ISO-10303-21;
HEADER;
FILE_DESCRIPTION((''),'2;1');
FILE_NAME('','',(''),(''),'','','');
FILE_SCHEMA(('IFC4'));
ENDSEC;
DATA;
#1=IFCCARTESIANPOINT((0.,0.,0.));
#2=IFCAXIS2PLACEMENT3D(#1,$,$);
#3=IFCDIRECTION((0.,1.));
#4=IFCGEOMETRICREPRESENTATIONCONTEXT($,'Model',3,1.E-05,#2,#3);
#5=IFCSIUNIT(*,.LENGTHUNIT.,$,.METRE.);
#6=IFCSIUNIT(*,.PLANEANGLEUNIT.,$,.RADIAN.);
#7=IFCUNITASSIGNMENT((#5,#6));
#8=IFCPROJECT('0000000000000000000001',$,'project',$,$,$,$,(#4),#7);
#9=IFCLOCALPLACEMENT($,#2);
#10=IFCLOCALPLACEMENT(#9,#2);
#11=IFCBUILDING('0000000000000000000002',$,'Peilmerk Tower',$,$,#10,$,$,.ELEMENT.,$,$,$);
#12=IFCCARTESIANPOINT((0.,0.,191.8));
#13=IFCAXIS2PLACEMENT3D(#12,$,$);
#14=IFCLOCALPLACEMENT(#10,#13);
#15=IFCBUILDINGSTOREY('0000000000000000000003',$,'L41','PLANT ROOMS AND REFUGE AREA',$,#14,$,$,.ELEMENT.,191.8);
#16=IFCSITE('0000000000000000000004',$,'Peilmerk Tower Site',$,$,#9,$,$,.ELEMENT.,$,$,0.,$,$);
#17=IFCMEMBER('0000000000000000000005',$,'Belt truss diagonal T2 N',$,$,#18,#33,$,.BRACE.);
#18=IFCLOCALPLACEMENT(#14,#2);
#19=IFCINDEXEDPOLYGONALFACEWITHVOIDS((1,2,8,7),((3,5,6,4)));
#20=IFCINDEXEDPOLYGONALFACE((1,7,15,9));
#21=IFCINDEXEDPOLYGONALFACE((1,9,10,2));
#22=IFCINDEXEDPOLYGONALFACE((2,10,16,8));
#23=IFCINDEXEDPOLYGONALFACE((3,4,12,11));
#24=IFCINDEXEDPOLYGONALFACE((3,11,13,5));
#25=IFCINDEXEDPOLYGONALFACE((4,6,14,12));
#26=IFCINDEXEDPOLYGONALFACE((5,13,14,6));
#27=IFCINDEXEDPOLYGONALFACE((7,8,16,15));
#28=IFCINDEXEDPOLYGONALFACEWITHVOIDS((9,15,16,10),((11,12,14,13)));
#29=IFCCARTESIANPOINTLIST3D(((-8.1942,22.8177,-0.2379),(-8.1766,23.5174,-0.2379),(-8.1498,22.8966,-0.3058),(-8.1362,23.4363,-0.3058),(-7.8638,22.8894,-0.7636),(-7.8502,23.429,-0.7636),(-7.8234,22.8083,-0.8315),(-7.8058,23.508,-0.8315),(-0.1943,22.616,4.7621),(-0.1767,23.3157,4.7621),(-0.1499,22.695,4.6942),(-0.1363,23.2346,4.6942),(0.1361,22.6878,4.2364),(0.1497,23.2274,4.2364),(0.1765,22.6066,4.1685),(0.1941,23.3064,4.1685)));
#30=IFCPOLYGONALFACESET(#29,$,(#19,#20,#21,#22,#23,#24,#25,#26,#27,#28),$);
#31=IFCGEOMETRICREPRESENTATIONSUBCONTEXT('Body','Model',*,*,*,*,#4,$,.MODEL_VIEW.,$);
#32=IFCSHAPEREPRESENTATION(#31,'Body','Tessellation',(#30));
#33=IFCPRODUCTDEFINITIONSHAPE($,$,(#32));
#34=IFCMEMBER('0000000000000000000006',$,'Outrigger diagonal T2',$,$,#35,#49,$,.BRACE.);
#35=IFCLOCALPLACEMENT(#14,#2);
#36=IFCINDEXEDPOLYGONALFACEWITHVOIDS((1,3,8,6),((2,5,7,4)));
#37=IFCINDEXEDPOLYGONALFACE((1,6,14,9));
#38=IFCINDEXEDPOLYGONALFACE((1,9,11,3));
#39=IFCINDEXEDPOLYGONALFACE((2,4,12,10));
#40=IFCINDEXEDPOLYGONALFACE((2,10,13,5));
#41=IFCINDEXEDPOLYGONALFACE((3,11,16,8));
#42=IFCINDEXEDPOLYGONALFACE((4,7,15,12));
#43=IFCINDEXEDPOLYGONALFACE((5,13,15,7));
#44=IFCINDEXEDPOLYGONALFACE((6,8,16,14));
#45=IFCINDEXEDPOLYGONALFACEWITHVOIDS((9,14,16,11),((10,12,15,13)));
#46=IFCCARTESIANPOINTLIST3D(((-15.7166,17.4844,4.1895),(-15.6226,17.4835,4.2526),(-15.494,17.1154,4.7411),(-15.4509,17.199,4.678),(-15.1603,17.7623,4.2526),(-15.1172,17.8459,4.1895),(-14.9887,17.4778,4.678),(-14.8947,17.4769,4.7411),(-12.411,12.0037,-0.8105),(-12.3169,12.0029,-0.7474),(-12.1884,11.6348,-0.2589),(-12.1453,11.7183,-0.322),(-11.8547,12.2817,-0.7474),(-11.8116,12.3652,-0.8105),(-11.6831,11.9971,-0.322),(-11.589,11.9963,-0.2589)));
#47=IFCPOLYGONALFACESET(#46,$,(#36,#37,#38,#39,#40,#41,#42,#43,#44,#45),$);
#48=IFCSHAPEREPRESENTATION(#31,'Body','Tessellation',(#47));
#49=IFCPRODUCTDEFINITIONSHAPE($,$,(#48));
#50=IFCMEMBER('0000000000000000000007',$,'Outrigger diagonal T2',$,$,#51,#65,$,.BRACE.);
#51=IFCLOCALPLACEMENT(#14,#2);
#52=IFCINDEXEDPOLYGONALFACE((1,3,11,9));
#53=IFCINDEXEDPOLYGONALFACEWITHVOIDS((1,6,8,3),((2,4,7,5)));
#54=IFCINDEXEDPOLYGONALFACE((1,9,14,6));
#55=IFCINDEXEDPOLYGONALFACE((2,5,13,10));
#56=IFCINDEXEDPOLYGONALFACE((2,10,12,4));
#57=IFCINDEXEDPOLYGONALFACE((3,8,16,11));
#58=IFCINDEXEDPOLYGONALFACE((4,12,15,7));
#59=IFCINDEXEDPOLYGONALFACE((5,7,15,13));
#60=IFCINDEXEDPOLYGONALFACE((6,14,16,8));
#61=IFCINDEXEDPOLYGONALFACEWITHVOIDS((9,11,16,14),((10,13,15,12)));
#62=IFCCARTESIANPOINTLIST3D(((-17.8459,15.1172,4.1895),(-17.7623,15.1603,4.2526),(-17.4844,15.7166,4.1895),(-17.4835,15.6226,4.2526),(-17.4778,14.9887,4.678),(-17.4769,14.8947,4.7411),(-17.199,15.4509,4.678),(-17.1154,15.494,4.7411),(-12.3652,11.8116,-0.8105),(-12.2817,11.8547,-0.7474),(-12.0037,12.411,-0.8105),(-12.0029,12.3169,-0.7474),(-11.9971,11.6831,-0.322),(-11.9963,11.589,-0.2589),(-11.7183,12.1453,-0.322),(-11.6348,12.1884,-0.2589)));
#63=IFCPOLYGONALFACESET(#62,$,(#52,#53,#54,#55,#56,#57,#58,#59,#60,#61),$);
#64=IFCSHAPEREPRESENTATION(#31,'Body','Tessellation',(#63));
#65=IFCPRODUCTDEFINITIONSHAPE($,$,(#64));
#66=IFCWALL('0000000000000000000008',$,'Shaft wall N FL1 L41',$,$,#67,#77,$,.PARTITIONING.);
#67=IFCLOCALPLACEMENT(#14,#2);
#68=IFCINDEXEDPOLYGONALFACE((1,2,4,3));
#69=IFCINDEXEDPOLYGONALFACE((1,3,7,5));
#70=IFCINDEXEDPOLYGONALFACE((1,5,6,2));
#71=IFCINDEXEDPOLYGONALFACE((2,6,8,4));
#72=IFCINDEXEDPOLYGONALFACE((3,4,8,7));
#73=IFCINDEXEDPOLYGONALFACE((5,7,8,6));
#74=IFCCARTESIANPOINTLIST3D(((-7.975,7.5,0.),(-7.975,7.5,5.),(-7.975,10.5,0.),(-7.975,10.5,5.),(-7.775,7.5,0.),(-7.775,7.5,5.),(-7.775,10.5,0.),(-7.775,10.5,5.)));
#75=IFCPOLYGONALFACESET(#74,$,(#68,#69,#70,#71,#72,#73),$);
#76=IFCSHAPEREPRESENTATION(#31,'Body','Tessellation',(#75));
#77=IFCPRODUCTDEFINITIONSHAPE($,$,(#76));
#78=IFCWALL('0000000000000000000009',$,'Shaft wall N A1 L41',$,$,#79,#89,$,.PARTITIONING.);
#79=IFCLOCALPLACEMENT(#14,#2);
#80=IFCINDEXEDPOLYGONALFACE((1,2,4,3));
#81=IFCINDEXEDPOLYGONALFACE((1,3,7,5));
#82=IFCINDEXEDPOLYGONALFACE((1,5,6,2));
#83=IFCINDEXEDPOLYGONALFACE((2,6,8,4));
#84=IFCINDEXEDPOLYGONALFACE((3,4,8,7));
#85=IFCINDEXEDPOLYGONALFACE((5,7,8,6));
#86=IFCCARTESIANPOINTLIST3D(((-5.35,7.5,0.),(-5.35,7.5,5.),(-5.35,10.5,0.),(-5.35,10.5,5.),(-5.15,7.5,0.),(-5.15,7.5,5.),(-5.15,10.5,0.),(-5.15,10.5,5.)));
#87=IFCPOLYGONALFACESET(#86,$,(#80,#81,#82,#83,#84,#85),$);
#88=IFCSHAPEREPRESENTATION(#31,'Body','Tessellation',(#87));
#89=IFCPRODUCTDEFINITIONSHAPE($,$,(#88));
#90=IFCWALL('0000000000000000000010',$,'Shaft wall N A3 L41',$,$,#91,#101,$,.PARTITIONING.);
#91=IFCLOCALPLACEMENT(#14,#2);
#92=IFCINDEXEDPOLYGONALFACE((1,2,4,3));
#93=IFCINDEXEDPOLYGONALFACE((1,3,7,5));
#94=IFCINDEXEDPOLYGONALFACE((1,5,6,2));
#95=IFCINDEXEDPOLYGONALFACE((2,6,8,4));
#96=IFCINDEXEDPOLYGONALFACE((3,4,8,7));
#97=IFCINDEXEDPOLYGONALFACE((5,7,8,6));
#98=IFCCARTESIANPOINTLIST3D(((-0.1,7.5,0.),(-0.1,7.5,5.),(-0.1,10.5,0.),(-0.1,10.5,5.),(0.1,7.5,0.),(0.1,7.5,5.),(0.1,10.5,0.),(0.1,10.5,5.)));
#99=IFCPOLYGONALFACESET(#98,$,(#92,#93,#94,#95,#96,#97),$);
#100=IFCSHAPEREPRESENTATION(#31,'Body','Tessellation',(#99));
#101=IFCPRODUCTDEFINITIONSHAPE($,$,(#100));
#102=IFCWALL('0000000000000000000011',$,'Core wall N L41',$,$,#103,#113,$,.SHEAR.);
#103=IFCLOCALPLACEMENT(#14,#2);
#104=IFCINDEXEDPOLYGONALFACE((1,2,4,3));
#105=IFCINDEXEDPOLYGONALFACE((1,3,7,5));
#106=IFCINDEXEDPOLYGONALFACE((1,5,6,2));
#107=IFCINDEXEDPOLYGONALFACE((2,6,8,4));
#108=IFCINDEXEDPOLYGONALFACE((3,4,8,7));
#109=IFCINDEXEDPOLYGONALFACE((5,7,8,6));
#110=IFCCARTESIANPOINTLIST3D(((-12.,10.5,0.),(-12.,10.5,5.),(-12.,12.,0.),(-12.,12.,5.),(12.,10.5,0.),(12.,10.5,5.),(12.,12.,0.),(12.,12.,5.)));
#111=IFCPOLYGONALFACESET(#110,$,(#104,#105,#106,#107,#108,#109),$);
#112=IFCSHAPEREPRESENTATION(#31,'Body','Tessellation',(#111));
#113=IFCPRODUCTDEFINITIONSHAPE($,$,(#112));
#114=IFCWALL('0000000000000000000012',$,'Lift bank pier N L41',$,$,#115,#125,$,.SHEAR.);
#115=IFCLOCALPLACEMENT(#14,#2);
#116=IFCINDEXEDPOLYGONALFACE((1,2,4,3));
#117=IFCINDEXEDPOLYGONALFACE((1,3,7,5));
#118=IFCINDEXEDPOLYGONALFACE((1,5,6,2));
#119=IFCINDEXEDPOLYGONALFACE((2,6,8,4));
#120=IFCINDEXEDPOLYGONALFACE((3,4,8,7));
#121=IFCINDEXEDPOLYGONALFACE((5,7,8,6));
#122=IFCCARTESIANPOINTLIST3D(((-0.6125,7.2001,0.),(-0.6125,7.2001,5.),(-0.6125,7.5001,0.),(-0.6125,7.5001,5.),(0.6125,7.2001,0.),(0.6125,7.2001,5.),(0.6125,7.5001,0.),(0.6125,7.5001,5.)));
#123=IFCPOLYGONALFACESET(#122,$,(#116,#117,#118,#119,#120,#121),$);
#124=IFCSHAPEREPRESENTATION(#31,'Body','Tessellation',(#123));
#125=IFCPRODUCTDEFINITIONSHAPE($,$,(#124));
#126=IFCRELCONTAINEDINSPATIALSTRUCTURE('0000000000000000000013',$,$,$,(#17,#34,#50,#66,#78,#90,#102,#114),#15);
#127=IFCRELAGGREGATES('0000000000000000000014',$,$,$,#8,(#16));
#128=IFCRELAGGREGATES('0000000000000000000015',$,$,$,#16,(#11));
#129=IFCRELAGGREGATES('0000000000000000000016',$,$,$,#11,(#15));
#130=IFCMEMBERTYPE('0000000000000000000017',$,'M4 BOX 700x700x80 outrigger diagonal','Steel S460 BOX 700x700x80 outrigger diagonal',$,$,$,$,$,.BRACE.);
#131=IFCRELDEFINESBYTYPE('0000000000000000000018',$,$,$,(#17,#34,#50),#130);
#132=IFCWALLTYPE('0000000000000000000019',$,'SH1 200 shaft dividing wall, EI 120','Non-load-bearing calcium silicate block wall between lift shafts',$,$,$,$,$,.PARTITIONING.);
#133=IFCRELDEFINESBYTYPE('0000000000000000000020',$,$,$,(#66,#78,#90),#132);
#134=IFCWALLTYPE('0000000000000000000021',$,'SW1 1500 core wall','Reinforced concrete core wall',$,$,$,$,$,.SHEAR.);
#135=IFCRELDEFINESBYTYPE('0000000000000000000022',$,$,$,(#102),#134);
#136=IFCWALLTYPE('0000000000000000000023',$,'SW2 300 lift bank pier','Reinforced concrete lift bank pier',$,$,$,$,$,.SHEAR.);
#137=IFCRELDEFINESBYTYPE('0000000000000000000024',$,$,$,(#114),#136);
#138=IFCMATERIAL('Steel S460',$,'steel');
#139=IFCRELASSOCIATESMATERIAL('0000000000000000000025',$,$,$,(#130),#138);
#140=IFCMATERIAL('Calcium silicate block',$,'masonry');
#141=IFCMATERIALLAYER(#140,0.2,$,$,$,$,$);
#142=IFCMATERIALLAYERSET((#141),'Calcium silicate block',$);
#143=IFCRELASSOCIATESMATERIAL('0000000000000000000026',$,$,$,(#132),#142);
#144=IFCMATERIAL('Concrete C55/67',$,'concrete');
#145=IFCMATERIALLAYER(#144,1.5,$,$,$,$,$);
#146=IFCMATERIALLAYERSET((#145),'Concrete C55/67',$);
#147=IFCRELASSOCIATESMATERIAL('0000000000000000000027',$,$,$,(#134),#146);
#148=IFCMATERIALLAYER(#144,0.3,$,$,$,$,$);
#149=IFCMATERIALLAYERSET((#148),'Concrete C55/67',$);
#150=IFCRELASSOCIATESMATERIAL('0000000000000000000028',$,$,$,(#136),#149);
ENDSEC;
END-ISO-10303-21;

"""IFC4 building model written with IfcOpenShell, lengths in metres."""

from ifc_helpers import new_model, si_unit, direction, frame, frame_2d, origin, origin_2d, place, context, subcontext, project, spatial, rectangle, hollow_rectangle, extrude, material, layer, layer_set, material_profile, profile_set, type_object, element, save


model = new_model("IFC4")

# Units and contexts
model_context = context("Model", 3, precision=1e-05, world=origin(), true_north=direction((0.0, 1.0)))
body_context = subcontext(model_context, "Body", "Model", "MODEL_VIEW")
ifc_project = project(units=[si_unit("LENGTHUNIT", "METRE"), si_unit("PLANEANGLEUNIT", "RADIAN")], contexts=[model_context])

# Site, building, storey
site_placement = place(None, origin())
site = spatial("IfcSite", under=ifc_project, at=site_placement, Name="Peilmerk Tower Site", CompositionType="ELEMENT", RefElevation=0.0)
building_placement = place(site_placement, origin())
building = spatial("IfcBuilding", under=site, at=building_placement, Name="Peilmerk Tower", CompositionType="ELEMENT")
storey_placement = place(building_placement, frame((0.0, 0.0, 191.8)))
storey = spatial("IfcBuildingStorey", under=building, at=storey_placement, Name="L41", Description="PLANT ROOMS AND REFUGE AREA", CompositionType="ELEMENT", Elevation=191.8)

# Shared definitions
ifc_material_1 = material(Name="Steel S460", Category="steel")

# Members
ifc_material_profile_1 = material_profile(ifc_material_1, hollow_rectangle(XDim=0.7, YDim=0.7, WallThickness=0.0801, at=origin_2d()), Name="BOX 700x700x80")
ifc_profile_set_1 = profile_set([ifc_material_profile_1], Name="Steel S460")
member_type_1 = type_object("IfcMemberType", Name="M4 BOX 700x700x80 outrigger diagonal", Description="Steel S460 BOX 700x700x80 outrigger diagonal", PredefinedType="BRACE", material=ifc_profile_set_1)
member_1_placement = place(storey_placement, frame((-8.0, 23.1628, -0.5347), z_axis=(0.847805, -0.021371, 0.529878), x_axis=(0.0252, 0.999682, 0.0)))
element("IfcMember", 1, at=member_1_placement, inside=storey, type_object=member_type_1, Name="Belt truss diagonal T2 N", PredefinedType="BRACE", context=body_context, shape_type="SweptSolid", body=[
    extrude(hollow_rectangle(XDim=0.7, YDim=0.7, WallThickness=0.0801, at=origin_2d()), origin(), (0.0, 0.0, 1.0), 9.436),
])
for number, where, z_axis, x_axis, name in (
    (2, (-12.0, 12.0, -0.5347), (-0.407005, 0.674805, 0.615618), (-0.856303, -0.516475, 0.0), "Outrigger diagonal T2"),
    (3, (-12.0, 12.0, -0.5347), (-0.674805, 0.407005, 0.615618), (-0.516475, -0.856303, 0.0), "Outrigger diagonal T2"),
):
    element("IfcMember", number, at=place(storey_placement, frame(where, z_axis=z_axis, x_axis=x_axis)), inside=storey, type_object=member_type_1, Name=name, PredefinedType="BRACE", context=body_context, shape_type="SweptSolid", body=[
        extrude(hollow_rectangle(XDim=0.7, YDim=0.7, WallThickness=0.0801, at=origin_2d()), origin(), (0.0, 0.0, 1.0), 8.1218),
    ])

# Walls
ifc_material_2 = material(Name="Calcium silicate block", Category="masonry")
ifc_layer_1 = layer(ifc_material_2, 0.2)
ifc_layer_set_1 = layer_set([ifc_layer_1], Name="Calcium silicate block")
wall_type_1 = type_object("IfcWallType", Name="SH1 200 shaft dividing wall, EI 120", Description="Non-load-bearing calcium silicate block wall between lift shafts", PredefinedType="PARTITIONING", material=ifc_layer_set_1)
for number, where, z_axis, x_axis, name in (
    (4, (-7.875, 7.5, 0.0), (0.0, 0.0, 1.0), (0.0, 1.0, 0.0), "Shaft wall N FL1 L41"),
    (5, (-5.25, 7.5, 0.0), (0.0, 0.0, 1.0), (0.0, 1.0, 0.0), "Shaft wall N A1 L41"),
    (6, (0.0, 7.5, 0.0), (0.0, 0.0, 1.0), (0.0, 1.0, 0.0), "Shaft wall N A3 L41"),
):
    element("IfcWall", number, at=place(storey_placement, frame(where, z_axis=z_axis, x_axis=x_axis)), inside=storey, type_object=wall_type_1, Name=name, PredefinedType="PARTITIONING", context=body_context, shape_type="SweptSolid", body=[
        extrude(rectangle(XDim=3.0, YDim=0.2, at=frame_2d((1.5, 0.0))), origin(), (0.0, 0.0, 1.0), 5.0),
    ])
ifc_material_3 = material(Name="Concrete C55/67", Category="concrete")
ifc_layer_2 = layer(ifc_material_3, 1.5)
ifc_layer_set_2 = layer_set([ifc_layer_2], Name="Concrete C55/67")
wall_type_2 = type_object("IfcWallType", Name="SW1 1500 core wall", Description="Reinforced concrete core wall", PredefinedType="SHEAR", material=ifc_layer_set_2)
wall_1_placement = place(storey_placement, frame((-12.0, 11.25, 0.0), z_axis=(0.0, 0.0, 1.0), x_axis=(1.0, 0.0, 0.0)))
element("IfcWall", 7, at=wall_1_placement, inside=storey, type_object=wall_type_2, Name="Core wall N L41", PredefinedType="SHEAR", context=body_context, shape_type="SweptSolid", body=[
    extrude(rectangle(XDim=24.0, YDim=1.5, at=frame_2d((12.0, 0.0))), origin(), (0.0, 0.0, 1.0), 5.0),
])
ifc_layer_3 = layer(ifc_material_3, 0.3)
ifc_layer_set_3 = layer_set([ifc_layer_3], Name="Concrete C55/67")
wall_type_3 = type_object("IfcWallType", Name="SW2 300 lift bank pier", Description="Reinforced concrete lift bank pier", PredefinedType="SHEAR", material=ifc_layer_set_3)
wall_2_placement = place(storey_placement, frame((-0.6125, 7.3501, 0.0), z_axis=(0.0, 0.0, 1.0), x_axis=(1.0, 0.0, 0.0)))
element("IfcWall", 8, at=wall_2_placement, inside=storey, type_object=wall_type_3, Name="Lift bank pier N L41", PredefinedType="SHEAR", context=body_context, shape_type="SweptSolid", body=[
    extrude(rectangle(XDim=1.2251, YDim=0.3, at=frame_2d((0.6125, 0.0))), origin(), (0.0, 0.0, 1.0), 5.0),
])

save(model, "model.ifc")
